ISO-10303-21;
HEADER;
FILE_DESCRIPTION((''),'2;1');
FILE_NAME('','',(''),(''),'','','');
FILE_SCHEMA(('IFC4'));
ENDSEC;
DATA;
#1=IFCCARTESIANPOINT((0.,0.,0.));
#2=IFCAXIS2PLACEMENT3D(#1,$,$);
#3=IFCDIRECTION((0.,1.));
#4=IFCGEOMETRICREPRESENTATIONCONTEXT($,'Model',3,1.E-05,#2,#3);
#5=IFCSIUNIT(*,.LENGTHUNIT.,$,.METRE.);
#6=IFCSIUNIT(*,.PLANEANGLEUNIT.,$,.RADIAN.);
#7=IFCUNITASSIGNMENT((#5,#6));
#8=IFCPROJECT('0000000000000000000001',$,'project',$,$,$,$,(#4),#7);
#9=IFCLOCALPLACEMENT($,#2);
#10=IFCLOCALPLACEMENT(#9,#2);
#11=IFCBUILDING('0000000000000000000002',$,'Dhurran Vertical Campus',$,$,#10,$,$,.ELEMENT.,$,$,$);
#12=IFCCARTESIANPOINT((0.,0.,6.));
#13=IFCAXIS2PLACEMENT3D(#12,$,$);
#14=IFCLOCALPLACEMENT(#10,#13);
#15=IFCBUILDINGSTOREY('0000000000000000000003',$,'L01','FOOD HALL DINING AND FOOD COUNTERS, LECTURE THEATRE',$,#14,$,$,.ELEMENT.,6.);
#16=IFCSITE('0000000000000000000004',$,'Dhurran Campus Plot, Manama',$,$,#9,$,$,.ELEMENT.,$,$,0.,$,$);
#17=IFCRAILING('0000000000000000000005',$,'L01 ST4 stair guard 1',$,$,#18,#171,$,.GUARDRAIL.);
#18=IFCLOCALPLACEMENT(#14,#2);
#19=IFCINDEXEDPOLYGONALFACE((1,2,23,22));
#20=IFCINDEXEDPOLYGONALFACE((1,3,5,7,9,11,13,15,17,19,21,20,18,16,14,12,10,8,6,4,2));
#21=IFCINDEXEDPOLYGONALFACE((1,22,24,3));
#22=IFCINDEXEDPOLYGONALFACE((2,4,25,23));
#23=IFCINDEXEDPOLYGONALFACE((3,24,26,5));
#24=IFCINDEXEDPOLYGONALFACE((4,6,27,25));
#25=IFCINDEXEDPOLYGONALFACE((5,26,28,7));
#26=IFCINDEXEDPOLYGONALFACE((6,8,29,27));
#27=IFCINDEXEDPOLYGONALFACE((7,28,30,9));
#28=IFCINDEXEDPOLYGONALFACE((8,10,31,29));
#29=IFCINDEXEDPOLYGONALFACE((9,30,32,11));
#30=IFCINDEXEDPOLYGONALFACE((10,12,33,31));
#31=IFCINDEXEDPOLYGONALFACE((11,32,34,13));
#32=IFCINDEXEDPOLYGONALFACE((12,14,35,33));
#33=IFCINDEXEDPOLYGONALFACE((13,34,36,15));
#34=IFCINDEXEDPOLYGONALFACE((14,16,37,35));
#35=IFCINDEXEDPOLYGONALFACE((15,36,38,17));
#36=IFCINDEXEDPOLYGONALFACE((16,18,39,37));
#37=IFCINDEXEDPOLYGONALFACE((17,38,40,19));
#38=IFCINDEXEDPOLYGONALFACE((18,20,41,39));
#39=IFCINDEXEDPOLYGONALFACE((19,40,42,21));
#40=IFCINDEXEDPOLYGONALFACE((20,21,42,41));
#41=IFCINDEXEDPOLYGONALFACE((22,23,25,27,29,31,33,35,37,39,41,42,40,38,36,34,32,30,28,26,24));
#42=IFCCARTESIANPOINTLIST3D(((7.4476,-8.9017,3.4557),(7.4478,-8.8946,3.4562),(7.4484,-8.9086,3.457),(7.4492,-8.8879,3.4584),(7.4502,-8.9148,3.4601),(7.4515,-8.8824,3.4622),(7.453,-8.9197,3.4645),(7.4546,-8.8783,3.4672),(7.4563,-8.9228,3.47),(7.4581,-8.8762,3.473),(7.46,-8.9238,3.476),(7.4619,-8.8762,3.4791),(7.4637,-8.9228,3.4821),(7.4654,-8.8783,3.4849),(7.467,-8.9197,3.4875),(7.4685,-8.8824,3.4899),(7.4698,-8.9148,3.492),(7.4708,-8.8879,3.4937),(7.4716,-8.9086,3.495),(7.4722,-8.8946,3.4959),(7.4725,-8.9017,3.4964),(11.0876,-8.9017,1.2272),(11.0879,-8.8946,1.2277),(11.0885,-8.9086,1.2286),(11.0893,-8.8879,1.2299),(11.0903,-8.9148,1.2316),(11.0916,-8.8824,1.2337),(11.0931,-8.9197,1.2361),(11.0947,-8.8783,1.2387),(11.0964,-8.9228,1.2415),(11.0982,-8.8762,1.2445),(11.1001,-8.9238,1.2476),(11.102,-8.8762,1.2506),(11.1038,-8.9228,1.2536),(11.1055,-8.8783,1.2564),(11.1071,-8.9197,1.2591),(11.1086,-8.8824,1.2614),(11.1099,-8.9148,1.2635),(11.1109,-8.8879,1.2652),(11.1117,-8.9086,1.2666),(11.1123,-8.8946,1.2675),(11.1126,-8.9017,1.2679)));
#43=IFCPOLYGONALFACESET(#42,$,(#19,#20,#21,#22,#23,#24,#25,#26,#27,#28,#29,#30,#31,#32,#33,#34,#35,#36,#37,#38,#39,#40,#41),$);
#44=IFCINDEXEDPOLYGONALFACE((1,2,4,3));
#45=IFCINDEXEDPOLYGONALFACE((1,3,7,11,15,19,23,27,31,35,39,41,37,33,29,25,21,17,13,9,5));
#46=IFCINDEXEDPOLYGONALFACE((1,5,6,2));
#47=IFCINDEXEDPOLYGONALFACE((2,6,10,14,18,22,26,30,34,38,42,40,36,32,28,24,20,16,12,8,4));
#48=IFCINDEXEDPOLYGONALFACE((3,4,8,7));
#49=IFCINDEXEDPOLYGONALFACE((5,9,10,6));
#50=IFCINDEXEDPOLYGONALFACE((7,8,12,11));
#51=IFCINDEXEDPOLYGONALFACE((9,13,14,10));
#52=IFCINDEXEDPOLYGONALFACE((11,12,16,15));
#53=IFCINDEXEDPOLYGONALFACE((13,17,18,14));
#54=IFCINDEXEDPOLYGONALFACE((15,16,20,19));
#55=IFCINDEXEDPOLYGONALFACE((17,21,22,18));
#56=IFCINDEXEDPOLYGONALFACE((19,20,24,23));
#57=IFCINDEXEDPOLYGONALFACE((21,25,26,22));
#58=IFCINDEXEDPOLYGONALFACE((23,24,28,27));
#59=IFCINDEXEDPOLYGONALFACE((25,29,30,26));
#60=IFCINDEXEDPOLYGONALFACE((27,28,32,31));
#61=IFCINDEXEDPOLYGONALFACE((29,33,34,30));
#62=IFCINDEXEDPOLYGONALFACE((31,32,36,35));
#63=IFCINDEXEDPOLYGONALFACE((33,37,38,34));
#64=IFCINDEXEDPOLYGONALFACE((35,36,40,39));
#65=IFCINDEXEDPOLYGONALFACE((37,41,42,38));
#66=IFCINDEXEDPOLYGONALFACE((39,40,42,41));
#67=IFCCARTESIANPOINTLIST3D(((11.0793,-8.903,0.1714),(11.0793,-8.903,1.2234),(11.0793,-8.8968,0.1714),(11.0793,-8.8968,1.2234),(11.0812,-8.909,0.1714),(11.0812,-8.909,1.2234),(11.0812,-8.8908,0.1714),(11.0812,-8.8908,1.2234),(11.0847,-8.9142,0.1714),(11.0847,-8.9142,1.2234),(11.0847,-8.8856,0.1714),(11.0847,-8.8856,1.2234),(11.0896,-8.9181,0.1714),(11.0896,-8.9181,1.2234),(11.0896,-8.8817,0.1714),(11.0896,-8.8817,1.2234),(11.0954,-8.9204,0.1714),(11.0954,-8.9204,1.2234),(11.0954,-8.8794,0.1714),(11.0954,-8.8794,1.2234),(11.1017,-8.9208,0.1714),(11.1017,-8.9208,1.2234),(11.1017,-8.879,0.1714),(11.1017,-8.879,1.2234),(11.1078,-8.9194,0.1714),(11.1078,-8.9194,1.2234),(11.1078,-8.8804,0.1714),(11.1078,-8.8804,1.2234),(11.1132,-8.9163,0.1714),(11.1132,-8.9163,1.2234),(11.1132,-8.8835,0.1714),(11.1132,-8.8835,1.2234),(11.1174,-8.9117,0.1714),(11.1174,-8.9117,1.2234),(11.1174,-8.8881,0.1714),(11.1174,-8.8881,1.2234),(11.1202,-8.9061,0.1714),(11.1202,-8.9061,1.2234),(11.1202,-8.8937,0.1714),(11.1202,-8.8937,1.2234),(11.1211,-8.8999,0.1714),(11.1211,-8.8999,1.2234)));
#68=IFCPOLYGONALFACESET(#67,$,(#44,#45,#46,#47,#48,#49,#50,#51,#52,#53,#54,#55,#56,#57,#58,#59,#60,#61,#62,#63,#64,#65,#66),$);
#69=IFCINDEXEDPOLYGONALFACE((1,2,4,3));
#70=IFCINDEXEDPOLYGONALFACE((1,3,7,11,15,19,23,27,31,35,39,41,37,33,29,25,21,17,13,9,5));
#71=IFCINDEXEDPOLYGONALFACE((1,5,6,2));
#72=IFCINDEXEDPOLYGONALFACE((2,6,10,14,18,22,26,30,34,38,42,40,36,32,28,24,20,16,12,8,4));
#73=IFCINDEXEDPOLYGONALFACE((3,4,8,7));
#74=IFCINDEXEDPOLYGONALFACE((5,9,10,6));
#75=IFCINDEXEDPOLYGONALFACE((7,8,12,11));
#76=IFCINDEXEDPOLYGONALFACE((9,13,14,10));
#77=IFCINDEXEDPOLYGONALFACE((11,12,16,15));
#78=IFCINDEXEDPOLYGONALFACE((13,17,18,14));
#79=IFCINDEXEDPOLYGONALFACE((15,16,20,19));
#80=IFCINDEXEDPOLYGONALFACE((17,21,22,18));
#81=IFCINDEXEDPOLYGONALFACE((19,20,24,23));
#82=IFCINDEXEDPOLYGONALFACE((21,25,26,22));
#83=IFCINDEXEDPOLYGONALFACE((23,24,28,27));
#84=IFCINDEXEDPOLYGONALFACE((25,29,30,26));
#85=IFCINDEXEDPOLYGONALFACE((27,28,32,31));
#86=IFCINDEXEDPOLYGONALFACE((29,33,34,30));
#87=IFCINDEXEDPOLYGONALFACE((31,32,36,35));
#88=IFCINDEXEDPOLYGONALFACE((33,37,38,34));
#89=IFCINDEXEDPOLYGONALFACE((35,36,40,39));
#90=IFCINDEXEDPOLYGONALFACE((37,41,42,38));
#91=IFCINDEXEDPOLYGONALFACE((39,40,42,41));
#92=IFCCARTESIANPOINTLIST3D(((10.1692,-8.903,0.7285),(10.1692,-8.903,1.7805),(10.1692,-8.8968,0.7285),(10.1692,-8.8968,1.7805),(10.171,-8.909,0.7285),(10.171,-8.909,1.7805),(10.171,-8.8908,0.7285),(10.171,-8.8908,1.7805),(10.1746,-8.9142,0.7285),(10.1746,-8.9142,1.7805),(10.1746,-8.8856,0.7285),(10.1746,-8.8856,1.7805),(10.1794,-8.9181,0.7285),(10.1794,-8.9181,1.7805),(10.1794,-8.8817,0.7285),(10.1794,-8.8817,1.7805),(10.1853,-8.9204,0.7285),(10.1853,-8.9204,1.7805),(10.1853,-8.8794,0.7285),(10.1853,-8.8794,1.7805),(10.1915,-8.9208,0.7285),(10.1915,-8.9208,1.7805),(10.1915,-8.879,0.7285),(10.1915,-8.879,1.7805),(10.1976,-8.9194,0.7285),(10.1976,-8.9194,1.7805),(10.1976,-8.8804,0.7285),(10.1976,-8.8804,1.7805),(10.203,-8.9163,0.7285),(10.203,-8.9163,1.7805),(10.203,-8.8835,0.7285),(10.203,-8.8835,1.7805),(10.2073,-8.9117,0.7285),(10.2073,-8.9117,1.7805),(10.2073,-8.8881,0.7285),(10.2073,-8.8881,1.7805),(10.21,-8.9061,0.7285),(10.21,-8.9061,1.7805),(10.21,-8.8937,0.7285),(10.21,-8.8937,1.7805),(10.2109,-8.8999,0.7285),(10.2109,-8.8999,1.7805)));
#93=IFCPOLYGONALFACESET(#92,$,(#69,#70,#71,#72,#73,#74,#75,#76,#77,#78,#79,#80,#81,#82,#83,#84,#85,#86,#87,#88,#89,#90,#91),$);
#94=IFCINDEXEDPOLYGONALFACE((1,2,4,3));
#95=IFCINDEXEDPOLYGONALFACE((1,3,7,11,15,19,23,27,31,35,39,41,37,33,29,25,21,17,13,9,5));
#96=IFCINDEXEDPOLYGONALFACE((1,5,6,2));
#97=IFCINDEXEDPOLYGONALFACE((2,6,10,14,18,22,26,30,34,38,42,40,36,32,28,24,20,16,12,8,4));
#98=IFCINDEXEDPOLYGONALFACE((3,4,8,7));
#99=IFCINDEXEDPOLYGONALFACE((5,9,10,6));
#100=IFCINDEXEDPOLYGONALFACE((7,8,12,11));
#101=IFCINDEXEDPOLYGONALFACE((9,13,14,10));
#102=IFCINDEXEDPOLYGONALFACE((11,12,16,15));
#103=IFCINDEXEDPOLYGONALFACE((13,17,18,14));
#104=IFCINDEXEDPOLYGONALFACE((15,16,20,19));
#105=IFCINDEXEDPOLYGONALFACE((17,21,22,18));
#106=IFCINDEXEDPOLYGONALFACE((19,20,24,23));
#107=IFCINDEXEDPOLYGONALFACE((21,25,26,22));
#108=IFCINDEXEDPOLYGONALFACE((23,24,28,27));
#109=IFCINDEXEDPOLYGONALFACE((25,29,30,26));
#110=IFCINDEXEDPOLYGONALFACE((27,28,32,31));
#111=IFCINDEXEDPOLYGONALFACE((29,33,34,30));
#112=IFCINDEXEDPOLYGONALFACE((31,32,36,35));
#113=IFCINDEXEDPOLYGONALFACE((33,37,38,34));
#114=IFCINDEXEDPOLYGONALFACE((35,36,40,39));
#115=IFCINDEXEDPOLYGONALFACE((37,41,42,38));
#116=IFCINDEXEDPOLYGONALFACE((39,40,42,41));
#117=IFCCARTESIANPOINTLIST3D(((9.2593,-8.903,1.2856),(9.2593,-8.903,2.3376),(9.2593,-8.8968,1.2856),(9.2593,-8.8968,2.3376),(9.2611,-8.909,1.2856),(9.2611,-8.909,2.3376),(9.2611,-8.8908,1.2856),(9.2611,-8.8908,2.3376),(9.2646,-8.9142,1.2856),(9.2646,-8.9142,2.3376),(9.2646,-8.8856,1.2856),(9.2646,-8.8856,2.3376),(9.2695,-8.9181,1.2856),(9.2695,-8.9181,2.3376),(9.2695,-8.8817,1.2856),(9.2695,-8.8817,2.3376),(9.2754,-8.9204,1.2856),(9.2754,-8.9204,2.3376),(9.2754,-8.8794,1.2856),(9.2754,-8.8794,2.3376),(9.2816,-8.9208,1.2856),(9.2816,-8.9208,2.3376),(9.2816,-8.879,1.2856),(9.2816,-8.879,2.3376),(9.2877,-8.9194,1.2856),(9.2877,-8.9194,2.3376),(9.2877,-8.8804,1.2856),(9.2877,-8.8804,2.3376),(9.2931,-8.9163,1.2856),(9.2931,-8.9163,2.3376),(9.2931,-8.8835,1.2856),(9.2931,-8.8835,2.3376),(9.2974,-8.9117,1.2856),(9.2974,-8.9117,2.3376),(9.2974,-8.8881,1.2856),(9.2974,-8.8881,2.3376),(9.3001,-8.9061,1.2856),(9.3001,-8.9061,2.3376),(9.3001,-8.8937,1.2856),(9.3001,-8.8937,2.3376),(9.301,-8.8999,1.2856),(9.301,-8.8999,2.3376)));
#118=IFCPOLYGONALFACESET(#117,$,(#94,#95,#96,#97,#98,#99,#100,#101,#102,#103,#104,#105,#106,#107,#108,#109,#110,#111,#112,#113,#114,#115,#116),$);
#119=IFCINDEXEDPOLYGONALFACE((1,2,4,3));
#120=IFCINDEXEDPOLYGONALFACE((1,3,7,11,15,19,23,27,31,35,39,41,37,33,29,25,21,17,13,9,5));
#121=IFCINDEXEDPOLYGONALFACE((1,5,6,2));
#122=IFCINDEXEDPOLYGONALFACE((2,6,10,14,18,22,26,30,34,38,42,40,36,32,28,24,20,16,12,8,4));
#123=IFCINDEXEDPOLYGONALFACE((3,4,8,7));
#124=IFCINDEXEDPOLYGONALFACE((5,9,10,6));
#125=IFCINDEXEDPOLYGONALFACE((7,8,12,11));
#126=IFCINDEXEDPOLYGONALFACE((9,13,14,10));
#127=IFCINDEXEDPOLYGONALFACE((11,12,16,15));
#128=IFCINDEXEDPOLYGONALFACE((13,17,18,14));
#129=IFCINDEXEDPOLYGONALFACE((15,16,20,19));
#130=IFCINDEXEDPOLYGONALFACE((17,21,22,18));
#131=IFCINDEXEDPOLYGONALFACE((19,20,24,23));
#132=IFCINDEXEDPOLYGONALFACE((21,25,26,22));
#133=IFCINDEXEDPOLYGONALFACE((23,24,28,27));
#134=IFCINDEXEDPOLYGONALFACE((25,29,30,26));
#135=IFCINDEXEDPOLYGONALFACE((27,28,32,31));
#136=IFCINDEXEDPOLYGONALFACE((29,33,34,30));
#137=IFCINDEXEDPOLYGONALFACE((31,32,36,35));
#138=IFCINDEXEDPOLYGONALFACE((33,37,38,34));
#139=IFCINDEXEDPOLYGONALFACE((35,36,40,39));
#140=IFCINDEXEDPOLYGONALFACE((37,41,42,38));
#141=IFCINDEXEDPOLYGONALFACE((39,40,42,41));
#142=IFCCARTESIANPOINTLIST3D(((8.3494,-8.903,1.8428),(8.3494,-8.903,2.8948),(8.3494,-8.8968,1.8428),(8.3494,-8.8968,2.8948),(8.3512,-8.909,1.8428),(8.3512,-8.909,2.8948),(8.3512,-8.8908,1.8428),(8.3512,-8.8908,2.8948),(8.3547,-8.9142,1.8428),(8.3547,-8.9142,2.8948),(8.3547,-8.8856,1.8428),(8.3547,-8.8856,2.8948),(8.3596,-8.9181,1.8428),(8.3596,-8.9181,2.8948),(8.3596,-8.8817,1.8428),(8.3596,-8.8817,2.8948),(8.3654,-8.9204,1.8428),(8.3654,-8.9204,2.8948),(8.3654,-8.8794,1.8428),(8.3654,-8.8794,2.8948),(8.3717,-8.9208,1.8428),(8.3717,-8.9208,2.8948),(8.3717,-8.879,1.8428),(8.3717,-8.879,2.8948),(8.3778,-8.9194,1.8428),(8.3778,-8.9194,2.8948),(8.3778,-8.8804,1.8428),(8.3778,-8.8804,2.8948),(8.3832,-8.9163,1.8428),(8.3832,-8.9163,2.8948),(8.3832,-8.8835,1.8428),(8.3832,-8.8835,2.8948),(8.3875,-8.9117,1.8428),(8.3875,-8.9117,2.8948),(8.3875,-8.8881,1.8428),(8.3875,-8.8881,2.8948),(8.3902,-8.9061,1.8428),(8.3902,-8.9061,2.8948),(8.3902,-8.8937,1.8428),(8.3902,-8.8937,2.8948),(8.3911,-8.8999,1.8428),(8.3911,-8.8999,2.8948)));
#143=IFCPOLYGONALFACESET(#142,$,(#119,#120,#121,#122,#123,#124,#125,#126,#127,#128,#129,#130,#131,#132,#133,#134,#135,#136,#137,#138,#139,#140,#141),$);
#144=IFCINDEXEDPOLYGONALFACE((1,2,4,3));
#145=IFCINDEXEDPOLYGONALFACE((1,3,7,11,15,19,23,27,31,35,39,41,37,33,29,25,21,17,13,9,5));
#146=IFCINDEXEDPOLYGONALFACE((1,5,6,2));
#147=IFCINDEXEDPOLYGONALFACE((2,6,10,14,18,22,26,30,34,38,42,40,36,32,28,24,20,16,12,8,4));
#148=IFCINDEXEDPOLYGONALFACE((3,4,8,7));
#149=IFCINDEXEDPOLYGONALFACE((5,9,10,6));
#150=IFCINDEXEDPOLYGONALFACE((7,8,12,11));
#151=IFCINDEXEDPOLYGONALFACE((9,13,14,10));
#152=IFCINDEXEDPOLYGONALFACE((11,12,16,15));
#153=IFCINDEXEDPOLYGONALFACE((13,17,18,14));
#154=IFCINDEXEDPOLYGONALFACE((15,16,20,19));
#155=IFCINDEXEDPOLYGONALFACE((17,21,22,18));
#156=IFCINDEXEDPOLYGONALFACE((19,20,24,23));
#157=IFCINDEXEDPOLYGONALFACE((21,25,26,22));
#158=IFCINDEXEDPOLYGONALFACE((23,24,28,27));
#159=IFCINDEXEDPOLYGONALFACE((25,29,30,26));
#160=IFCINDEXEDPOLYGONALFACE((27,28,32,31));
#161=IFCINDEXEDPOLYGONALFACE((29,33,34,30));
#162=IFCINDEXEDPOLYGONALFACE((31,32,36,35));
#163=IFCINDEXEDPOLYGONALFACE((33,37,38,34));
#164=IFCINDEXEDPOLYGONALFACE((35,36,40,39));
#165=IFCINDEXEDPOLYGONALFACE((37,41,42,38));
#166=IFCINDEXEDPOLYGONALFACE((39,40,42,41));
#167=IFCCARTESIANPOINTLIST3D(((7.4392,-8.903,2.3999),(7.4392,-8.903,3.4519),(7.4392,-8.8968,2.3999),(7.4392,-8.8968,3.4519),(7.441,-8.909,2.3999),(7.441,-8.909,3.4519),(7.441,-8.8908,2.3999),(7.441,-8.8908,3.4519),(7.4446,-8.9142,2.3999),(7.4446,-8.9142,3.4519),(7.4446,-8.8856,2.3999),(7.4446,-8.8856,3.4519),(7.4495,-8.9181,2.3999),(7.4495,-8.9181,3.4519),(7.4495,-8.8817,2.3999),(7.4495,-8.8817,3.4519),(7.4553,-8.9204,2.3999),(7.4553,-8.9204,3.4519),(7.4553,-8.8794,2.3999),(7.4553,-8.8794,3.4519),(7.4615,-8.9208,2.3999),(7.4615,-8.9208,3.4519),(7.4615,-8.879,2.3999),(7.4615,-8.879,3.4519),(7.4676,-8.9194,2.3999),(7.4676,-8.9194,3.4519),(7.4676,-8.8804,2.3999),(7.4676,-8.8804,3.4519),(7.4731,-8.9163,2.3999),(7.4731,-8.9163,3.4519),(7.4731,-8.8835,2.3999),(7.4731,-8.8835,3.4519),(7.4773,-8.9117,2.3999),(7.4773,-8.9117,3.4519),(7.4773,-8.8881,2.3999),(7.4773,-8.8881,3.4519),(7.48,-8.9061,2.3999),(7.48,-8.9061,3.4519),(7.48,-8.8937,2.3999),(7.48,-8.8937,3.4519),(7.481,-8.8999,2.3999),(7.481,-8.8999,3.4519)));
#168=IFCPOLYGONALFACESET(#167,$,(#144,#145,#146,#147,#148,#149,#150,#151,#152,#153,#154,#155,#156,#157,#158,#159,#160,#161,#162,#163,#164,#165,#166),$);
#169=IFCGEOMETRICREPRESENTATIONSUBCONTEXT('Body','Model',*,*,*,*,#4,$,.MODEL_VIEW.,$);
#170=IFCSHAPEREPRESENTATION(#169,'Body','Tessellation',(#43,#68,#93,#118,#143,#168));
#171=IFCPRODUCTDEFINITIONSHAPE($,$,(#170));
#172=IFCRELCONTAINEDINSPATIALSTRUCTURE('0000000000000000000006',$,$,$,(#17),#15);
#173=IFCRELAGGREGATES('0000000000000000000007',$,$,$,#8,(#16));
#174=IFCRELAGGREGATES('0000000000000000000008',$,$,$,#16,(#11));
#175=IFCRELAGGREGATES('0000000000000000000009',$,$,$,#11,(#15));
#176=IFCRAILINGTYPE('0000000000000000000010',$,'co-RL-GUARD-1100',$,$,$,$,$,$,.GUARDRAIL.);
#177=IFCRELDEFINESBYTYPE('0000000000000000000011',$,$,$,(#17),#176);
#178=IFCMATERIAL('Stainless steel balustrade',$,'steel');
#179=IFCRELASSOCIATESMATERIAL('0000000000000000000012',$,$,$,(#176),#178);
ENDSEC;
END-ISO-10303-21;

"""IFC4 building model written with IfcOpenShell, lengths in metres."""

from ifc_helpers import new_model, si_unit, direction, frame, origin, origin_2d, place, context, subcontext, project, spatial, circle, extrude, material, type_object, element, save


model = new_model("IFC4")

# Units and contexts
model_context = context("Model", 3, precision=1e-05, world=origin(), true_north=direction((0.0, 1.0)))
body_context = subcontext(model_context, "Body", "Model", "MODEL_VIEW")
ifc_project = project(units=[si_unit("LENGTHUNIT", "METRE"), si_unit("PLANEANGLEUNIT", "RADIAN")], contexts=[model_context])

# Site, building, storey
site_placement = place(None, origin())
site = spatial("IfcSite", under=ifc_project, at=site_placement, Name="Dhurran Campus Plot, Manama", CompositionType="ELEMENT", RefElevation=0.0)
building_placement = place(site_placement, origin())
building = spatial("IfcBuilding", under=site, at=building_placement, Name="Dhurran Vertical Campus", CompositionType="ELEMENT")
storey_placement = place(building_placement, frame((0.0, 0.0, 6.0)))
storey = spatial("IfcBuildingStorey", under=building, at=storey_placement, Name="L01", Description="FOOD HALL DINING AND FOOD COUNTERS, LECTURE THEATRE", CompositionType="ELEMENT", Elevation=6.0)

# Railing
ifc_material_1 = material(Name="Stainless steel balustrade", Category="steel")
railing_type_1 = type_object("IfcRailingType", Name="co-RL-GUARD-1100", PredefinedType="GUARDRAIL", material=ifc_material_1)
railing_1_placement = place(storey_placement, frame((11.1001, -8.8999, 0.1714)))
element("IfcRailing", 1, at=railing_1_placement, inside=storey, type_object=railing_type_1, Name="L01 ST4 stair guard 1", PredefinedType="GUARDRAIL", context=body_context, shape_type="SweptSolid", body=[
    extrude(circle(Radius=0.0239, at=origin_2d()), frame((0.0, 0.0, 1.0762), z_axis=(-0.852866, 0.0, 0.52213), x_axis=(0.0, -1.0, 0.0)), (0.0, 0.0, 1.0), 4.2681),
    extrude(circle(Radius=0.021, at=origin_2d()), origin(), (0.0, 0.0, 1.0), 1.052),
    extrude(circle(Radius=0.021, at=origin_2d()), frame((-0.9102, 0.0, 0.5571)), (0.0, 0.0, 1.0), 1.052),
    extrude(circle(Radius=0.021, at=origin_2d()), frame((-1.8201, 0.0, 1.1143)), (0.0, 0.0, 1.0), 1.052),
    extrude(circle(Radius=0.021, at=origin_2d()), frame((-2.73, 0.0, 1.6714)), (0.0, 0.0, 1.0), 1.052),
    extrude(circle(Radius=0.021, at=origin_2d()), frame((-3.6401, 0.0, 2.2285)), (0.0, 0.0, 1.0), 1.052),
])

save(model, "model.ifc")
